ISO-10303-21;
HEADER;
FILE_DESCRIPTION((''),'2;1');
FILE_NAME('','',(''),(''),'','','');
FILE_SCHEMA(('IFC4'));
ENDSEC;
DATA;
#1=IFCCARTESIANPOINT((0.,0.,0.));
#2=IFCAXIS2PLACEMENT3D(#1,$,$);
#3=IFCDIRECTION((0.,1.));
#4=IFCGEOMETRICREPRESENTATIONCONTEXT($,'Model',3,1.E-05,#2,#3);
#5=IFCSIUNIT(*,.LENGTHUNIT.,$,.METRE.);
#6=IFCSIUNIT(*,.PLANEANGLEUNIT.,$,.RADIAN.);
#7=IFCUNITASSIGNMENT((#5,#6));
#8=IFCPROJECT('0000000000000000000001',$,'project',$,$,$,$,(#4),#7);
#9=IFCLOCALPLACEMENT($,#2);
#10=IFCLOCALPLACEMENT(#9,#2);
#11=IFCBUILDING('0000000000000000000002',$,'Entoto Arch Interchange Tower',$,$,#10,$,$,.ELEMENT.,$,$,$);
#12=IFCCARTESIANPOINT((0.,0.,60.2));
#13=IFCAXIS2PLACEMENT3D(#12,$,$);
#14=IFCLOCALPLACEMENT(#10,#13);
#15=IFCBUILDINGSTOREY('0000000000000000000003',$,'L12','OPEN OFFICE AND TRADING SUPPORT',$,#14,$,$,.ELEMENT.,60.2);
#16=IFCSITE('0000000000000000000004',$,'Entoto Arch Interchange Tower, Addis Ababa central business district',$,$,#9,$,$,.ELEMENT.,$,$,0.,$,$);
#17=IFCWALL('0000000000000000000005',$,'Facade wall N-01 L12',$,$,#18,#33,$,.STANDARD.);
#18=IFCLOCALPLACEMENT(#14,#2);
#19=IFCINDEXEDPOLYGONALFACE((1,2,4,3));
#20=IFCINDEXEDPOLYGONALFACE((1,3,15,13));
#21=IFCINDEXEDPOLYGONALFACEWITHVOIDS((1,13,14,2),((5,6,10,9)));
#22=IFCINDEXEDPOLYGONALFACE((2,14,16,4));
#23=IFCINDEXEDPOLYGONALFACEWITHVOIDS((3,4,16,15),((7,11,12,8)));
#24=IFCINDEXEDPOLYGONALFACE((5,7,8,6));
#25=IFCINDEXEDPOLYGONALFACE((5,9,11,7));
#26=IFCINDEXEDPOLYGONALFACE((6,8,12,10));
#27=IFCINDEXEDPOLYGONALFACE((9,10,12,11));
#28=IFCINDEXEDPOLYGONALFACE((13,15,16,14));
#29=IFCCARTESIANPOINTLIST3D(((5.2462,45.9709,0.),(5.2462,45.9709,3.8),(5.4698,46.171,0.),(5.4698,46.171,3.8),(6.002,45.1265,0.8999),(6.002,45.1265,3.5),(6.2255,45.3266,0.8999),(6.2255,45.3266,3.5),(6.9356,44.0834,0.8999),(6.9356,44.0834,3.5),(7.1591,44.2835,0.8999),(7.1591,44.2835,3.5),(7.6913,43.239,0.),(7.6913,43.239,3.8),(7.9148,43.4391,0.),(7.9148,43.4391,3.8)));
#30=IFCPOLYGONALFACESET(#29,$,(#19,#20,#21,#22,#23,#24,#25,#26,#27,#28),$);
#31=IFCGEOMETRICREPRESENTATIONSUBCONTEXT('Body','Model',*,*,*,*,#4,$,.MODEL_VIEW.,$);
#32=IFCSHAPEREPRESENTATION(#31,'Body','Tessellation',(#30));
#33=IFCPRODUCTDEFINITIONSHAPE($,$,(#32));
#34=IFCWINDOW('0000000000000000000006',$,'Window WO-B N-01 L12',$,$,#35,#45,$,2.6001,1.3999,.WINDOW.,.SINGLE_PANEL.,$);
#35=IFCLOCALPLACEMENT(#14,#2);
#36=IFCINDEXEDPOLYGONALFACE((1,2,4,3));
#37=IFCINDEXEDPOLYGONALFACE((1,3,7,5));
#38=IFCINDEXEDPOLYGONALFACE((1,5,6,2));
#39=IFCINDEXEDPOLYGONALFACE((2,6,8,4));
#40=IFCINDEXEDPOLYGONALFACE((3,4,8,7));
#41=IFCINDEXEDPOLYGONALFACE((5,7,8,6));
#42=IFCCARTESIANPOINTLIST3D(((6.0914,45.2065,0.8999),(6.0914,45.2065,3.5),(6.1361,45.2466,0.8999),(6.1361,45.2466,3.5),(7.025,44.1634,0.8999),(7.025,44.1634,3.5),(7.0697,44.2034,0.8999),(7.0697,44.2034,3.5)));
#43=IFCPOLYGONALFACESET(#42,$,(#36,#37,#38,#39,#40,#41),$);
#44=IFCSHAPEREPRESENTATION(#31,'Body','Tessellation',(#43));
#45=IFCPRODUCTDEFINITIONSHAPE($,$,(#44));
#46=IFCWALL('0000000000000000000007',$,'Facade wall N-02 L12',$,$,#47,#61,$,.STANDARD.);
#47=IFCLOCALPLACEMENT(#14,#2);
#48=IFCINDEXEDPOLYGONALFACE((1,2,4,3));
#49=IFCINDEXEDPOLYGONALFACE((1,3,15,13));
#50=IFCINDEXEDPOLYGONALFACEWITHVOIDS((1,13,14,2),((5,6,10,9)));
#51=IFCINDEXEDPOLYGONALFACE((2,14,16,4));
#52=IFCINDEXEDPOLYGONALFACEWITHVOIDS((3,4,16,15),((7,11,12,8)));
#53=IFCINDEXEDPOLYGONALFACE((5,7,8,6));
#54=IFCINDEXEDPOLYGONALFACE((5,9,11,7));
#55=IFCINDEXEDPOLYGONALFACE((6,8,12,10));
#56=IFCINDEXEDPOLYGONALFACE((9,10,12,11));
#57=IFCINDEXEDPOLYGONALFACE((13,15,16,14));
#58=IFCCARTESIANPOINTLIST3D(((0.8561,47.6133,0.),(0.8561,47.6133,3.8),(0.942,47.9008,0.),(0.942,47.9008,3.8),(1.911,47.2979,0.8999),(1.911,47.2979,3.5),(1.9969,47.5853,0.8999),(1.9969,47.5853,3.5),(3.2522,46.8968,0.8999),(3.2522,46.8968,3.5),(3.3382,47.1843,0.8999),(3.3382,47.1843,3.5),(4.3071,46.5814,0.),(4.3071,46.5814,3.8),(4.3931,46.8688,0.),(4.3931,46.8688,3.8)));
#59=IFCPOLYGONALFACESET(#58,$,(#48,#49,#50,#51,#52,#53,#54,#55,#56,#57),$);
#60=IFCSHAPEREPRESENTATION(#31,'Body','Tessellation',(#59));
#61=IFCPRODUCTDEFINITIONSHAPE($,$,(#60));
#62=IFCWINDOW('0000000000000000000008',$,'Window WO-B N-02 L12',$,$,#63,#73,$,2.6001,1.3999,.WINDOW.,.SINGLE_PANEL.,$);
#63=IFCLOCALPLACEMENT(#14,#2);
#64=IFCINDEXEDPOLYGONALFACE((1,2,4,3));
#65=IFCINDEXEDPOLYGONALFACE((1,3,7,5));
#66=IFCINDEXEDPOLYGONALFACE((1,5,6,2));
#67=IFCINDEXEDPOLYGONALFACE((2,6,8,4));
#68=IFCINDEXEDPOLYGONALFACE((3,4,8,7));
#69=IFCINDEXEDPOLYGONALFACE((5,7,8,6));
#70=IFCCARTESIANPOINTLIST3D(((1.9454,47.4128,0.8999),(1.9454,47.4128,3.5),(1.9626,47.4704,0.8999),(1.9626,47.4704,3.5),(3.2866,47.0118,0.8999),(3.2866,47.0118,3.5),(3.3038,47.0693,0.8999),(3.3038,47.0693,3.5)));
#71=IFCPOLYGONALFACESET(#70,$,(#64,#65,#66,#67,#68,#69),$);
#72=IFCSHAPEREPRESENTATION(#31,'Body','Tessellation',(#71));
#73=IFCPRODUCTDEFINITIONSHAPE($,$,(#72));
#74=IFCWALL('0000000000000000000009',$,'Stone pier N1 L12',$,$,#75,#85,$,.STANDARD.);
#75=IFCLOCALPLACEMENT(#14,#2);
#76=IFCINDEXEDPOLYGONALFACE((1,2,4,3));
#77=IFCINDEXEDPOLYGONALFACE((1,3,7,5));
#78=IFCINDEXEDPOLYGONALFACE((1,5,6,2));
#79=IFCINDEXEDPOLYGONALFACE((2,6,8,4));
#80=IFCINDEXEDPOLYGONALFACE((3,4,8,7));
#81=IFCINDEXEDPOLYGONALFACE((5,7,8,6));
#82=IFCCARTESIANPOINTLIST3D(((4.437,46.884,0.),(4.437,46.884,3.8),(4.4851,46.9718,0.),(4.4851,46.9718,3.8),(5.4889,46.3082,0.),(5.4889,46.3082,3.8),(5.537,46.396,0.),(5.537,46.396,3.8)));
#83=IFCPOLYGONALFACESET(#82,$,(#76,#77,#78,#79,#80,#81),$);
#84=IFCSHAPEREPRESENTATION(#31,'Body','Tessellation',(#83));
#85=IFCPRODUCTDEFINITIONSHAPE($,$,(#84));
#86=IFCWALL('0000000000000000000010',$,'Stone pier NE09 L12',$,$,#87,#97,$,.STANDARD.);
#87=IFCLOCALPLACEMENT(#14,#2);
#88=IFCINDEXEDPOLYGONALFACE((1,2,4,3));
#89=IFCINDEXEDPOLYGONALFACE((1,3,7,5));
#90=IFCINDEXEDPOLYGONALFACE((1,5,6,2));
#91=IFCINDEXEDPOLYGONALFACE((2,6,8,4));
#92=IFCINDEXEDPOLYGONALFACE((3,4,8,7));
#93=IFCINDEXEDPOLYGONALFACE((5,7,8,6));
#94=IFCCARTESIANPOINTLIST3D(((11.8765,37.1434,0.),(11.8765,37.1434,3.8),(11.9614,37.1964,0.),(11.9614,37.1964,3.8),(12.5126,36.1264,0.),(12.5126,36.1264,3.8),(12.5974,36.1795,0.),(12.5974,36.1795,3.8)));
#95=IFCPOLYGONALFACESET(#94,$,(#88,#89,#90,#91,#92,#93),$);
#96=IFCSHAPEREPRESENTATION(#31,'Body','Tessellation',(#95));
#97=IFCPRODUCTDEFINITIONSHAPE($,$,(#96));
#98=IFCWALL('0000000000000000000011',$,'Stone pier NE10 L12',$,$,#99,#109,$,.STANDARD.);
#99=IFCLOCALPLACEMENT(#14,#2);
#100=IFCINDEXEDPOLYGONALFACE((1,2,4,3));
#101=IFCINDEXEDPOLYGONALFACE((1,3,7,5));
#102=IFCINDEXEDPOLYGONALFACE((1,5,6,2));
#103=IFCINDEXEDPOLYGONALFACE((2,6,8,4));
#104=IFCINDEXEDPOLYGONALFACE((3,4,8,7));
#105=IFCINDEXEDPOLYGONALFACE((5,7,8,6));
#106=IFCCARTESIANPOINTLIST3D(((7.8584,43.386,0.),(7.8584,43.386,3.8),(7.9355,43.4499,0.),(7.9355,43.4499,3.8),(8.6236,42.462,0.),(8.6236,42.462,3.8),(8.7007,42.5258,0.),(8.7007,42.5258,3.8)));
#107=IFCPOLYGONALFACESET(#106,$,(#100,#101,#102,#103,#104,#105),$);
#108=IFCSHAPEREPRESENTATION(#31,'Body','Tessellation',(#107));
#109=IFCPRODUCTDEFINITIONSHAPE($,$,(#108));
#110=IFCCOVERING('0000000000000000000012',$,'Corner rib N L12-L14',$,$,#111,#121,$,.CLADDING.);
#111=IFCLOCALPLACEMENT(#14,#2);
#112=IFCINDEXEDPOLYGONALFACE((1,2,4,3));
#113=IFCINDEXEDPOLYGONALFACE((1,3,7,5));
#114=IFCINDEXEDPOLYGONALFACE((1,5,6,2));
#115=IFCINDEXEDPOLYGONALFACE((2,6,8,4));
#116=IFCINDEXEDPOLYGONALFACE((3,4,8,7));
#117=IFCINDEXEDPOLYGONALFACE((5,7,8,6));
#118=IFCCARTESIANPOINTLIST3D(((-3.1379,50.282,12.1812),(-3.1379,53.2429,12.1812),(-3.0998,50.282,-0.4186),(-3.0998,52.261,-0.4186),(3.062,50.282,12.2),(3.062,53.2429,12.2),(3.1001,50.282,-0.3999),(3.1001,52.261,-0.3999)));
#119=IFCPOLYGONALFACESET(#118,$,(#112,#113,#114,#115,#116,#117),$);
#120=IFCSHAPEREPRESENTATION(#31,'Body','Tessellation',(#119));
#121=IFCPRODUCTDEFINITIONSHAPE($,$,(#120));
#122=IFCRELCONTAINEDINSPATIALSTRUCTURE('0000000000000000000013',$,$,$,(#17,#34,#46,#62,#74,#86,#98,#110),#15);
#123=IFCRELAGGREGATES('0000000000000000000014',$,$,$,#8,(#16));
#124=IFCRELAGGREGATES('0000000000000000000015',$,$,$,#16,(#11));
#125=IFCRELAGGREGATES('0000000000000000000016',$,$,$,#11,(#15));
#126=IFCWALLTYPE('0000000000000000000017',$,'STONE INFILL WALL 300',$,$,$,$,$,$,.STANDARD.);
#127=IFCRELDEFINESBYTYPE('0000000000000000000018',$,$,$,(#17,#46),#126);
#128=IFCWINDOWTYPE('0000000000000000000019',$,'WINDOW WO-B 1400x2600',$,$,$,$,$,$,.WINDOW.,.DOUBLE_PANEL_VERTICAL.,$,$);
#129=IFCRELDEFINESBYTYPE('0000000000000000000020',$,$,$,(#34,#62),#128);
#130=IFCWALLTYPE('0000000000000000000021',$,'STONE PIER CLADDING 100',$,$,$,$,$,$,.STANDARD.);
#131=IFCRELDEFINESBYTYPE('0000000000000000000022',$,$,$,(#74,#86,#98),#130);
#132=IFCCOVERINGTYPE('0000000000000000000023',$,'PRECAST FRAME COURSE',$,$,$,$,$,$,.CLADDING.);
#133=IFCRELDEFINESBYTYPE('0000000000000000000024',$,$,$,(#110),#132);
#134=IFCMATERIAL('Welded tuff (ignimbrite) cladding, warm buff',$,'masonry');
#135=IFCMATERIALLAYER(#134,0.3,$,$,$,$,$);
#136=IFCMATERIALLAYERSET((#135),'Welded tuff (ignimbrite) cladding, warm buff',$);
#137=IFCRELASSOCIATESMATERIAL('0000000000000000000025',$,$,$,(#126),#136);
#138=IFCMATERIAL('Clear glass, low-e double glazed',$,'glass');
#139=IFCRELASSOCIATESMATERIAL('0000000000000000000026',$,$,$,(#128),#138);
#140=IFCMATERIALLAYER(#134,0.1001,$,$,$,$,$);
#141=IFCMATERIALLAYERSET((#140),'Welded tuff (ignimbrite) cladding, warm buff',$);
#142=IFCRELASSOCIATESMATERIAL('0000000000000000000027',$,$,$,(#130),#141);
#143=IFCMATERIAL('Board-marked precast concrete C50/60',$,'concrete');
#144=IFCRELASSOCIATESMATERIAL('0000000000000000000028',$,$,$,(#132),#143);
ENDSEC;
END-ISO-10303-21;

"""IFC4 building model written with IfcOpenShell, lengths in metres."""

from ifc_helpers import new_model, si_unit, direction, frame, frame_2d, origin, place, context, subcontext, project, spatial, polyline, rectangle, outline, extrude, material, layer, layer_set, type_object, element, fill, save


model = new_model("IFC4")

# Units and contexts
model_context = context("Model", 3, precision=1e-05, world=origin(), true_north=direction((0.0, 1.0)))
body_context = subcontext(model_context, "Body", "Model", "MODEL_VIEW")
ifc_project = project(units=[si_unit("LENGTHUNIT", "METRE"), si_unit("PLANEANGLEUNIT", "RADIAN")], contexts=[model_context])

# Site, building, storey
site_placement = place(None, origin())
site = spatial("IfcSite", under=ifc_project, at=site_placement, Name="Entoto Arch Interchange Tower, Addis Ababa central business district", CompositionType="ELEMENT", RefElevation=0.0)
building_placement = place(site_placement, origin())
building = spatial("IfcBuilding", under=site, at=building_placement, Name="Entoto Arch Interchange Tower", CompositionType="ELEMENT")
storey_placement = place(building_placement, frame((0.0, 0.0, 60.2)))
storey = spatial("IfcBuildingStorey", under=building, at=storey_placement, Name="L12", Description="OPEN OFFICE AND TRADING SUPPORT", CompositionType="ELEMENT", Elevation=60.2)

# Shared definitions
ifc_material_1 = material(Name="Welded tuff (ignimbrite) cladding, warm buff", Category="masonry")
ifc_layer_1 = layer(ifc_material_1, 0.3)
ifc_layer_set_1 = layer_set([ifc_layer_1], Name="Welded tuff (ignimbrite) cladding, warm buff")
wall_type_1 = type_object("IfcWallType", Name="STONE INFILL WALL 300", PredefinedType="STANDARD", material=ifc_layer_set_1)
ifc_material_2 = material(Name="Clear glass, low-e double glazed", Category="glass")

# Walls, openings, windows
wall_1_placement = place(storey_placement, frame((7.803, 43.3391, 0.0), z_axis=(0.0, 0.0, 1.0), x_axis=(-0.666902, 0.745146, 0.0)))
wall_1 = element("IfcWall", 1, at=wall_1_placement, inside=storey, type_object=wall_type_1, Name="Facade wall N-01 L12", PredefinedType="STANDARD", context=body_context, shape_type="SweptSolid", body=[
    extrude(rectangle(XDim=3.6663, YDim=0.3, at=frame_2d((1.833, 0.0))), origin(), (0.0, 0.0, 1.0), 3.8),
])
opening_1_placement = place(wall_1_placement, frame((1.1331, 0.0, 0.8999)))
opening_1 = element("IfcOpeningElement", 2, at=opening_1_placement, cuts=wall_1, PredefinedType="OPENING", context=body_context, shape_type="SweptSolid", body=[
    extrude(rectangle(XDim=1.3999, YDim=2.6001, at=frame_2d((0.7, 1.3))), frame((0.0, 0.1602, 0.0), z_axis=(0.0, -1.0, 0.0), x_axis=(1.0, 0.0, 0.0)), (0.0, 0.0, 1.0), 0.3201),
])
window_type_1 = type_object("IfcWindowType", Name="WINDOW WO-B 1400x2600", PartitioningType="DOUBLE_PANEL_VERTICAL", PredefinedType="WINDOW", material=ifc_material_2)
window_1_placement = place(opening_1_placement, origin())
window_1 = element("IfcWindow", 3, at=window_1_placement, inside=storey, type_object=window_type_1, Name="Window WO-B N-01 L12", OverallHeight=2.6001, OverallWidth=1.3999, PartitioningType="SINGLE_PANEL", PredefinedType="WINDOW", context=body_context, shape_type="SweptSolid", body=[
    extrude(rectangle(XDim=1.3999, YDim=2.6001, at=frame_2d((0.7, 1.3))), frame((0.0, 0.03, 0.0), z_axis=(0.0, -1.0, 0.0), x_axis=(1.0, 0.0, 0.0)), (0.0, 0.0, 1.0), 0.0601),
])
fill(opening_1, window_1)
wall_2_placement = place(storey_placement, frame((4.3501, 46.7251, 0.0), z_axis=(0.0, 0.0, 1.0), x_axis=(-0.958083, 0.28649, 0.0)))
wall_2 = element("IfcWall", 4, at=wall_2_placement, inside=storey, type_object=wall_type_1, Name="Facade wall N-02 L12", PredefinedType="STANDARD", context=body_context, shape_type="SweptSolid", body=[
    extrude(rectangle(XDim=3.6021, YDim=0.3, at=frame_2d((1.801, 0.0))), origin(), (0.0, 0.0, 1.0), 3.8),
])
opening_2_placement = place(wall_2_placement, frame((1.1011, 0.0, 0.8999)))
opening_2 = element("IfcOpeningElement", 5, at=opening_2_placement, cuts=wall_2, PredefinedType="OPENING", context=body_context, shape_type="SweptSolid", body=[
    extrude(rectangle(XDim=1.3999, YDim=2.6001, at=frame_2d((0.7, 1.3))), frame((0.0, 0.1602, 0.0), z_axis=(0.0, -1.0, 0.0), x_axis=(1.0, 0.0, 0.0)), (0.0, 0.0, 1.0), 0.3201),
])
window_2_placement = place(opening_2_placement, origin())
window_2 = element("IfcWindow", 6, at=window_2_placement, inside=storey, type_object=window_type_1, Name="Window WO-B N-02 L12", OverallHeight=2.6001, OverallWidth=1.3999, PartitioningType="SINGLE_PANEL", PredefinedType="WINDOW", context=body_context, shape_type="SweptSolid", body=[
    extrude(rectangle(XDim=1.3999, YDim=2.6001, at=frame_2d((0.7, 1.3))), frame((0.0, 0.03, 0.0), z_axis=(0.0, -1.0, 0.0), x_axis=(1.0, 0.0, 0.0)), (0.0, 0.0, 1.0), 0.0601),
])
fill(opening_2, window_2)

# Walls
ifc_layer_2 = layer(ifc_material_1, 0.1001)
ifc_layer_set_2 = layer_set([ifc_layer_2], Name="Welded tuff (ignimbrite) cladding, warm buff")
wall_type_2 = type_object("IfcWallType", Name="STONE PIER CLADDING 100", PredefinedType="STANDARD", material=ifc_layer_set_2)
wall_3_placement = place(storey_placement, frame((5.5129, 46.3521, 0.0), z_axis=(0.0, 0.0, 1.0), x_axis=(-0.877155, 0.480206, 0.0)))
element("IfcWall", 7, at=wall_3_placement, inside=storey, type_object=wall_type_2, Name="Stone pier N1 L12", PredefinedType="STANDARD", context=body_context, shape_type="SweptSolid", body=[
    extrude(rectangle(XDim=1.1992, YDim=0.1001, at=frame_2d((0.5996, 0.0))), origin(), (0.0, 0.0, 1.0), 3.8),
])
wall_4_placement = place(storey_placement, frame((12.5549, 36.1531, 0.0), z_axis=(0.0, 0.0, 1.0), x_axis=(-0.530273, 0.847827, 0.0)))
element("IfcWall", 8, at=wall_4_placement, inside=storey, type_object=wall_type_2, Name="Stone pier NE09 L12", PredefinedType="STANDARD", context=body_context, shape_type="SweptSolid", body=[
    extrude(rectangle(XDim=1.1995, YDim=0.1001, at=frame_2d((0.5996, 0.0))), origin(), (0.0, 0.0, 1.0), 3.8),
])
wall_5_placement = place(storey_placement, frame((8.6621, 42.4939, 0.0), z_axis=(0.0, 0.0, 1.0), x_axis=(-0.637759, 0.770236, 0.0)))
element("IfcWall", 9, at=wall_5_placement, inside=storey, type_object=wall_type_2, Name="Stone pier NE10 L12", PredefinedType="STANDARD", context=body_context, shape_type="SweptSolid", body=[
    extrude(rectangle(XDim=1.1997, YDim=0.1001, at=frame_2d((0.5999, 0.0))), origin(), (0.0, 0.0, 1.0), 3.8),
])

# Covering
ifc_material_3 = material(Name="Board-marked precast concrete C50/60", Category="concrete")
covering_type = type_object("IfcCoveringType", Name="PRECAST FRAME COURSE", PredefinedType="CLADDING", material=ifc_material_3)
covering_placement = place(storey_placement, frame((3.1001, 50.282, -0.3999), z_axis=(0.999995, 0.0, 0.003023), x_axis=(0.0, 1.0, 0.0)))
element("IfcCovering", 10, at=covering_placement, inside=storey, type_object=covering_type, Name="Corner rib N L12-L14", PredefinedType="CLADDING", context=body_context, shape_type="SweptSolid", body=[
    extrude(outline(polyline([(0.0, 0.0), (1.979, 0.0), (2.9609, 12.5999), (0.0, 12.5999), (0.0, 0.0)])), origin(), (0.0, 0.0, -1.0), 6.2),
])

save(model, "model.ifc")
